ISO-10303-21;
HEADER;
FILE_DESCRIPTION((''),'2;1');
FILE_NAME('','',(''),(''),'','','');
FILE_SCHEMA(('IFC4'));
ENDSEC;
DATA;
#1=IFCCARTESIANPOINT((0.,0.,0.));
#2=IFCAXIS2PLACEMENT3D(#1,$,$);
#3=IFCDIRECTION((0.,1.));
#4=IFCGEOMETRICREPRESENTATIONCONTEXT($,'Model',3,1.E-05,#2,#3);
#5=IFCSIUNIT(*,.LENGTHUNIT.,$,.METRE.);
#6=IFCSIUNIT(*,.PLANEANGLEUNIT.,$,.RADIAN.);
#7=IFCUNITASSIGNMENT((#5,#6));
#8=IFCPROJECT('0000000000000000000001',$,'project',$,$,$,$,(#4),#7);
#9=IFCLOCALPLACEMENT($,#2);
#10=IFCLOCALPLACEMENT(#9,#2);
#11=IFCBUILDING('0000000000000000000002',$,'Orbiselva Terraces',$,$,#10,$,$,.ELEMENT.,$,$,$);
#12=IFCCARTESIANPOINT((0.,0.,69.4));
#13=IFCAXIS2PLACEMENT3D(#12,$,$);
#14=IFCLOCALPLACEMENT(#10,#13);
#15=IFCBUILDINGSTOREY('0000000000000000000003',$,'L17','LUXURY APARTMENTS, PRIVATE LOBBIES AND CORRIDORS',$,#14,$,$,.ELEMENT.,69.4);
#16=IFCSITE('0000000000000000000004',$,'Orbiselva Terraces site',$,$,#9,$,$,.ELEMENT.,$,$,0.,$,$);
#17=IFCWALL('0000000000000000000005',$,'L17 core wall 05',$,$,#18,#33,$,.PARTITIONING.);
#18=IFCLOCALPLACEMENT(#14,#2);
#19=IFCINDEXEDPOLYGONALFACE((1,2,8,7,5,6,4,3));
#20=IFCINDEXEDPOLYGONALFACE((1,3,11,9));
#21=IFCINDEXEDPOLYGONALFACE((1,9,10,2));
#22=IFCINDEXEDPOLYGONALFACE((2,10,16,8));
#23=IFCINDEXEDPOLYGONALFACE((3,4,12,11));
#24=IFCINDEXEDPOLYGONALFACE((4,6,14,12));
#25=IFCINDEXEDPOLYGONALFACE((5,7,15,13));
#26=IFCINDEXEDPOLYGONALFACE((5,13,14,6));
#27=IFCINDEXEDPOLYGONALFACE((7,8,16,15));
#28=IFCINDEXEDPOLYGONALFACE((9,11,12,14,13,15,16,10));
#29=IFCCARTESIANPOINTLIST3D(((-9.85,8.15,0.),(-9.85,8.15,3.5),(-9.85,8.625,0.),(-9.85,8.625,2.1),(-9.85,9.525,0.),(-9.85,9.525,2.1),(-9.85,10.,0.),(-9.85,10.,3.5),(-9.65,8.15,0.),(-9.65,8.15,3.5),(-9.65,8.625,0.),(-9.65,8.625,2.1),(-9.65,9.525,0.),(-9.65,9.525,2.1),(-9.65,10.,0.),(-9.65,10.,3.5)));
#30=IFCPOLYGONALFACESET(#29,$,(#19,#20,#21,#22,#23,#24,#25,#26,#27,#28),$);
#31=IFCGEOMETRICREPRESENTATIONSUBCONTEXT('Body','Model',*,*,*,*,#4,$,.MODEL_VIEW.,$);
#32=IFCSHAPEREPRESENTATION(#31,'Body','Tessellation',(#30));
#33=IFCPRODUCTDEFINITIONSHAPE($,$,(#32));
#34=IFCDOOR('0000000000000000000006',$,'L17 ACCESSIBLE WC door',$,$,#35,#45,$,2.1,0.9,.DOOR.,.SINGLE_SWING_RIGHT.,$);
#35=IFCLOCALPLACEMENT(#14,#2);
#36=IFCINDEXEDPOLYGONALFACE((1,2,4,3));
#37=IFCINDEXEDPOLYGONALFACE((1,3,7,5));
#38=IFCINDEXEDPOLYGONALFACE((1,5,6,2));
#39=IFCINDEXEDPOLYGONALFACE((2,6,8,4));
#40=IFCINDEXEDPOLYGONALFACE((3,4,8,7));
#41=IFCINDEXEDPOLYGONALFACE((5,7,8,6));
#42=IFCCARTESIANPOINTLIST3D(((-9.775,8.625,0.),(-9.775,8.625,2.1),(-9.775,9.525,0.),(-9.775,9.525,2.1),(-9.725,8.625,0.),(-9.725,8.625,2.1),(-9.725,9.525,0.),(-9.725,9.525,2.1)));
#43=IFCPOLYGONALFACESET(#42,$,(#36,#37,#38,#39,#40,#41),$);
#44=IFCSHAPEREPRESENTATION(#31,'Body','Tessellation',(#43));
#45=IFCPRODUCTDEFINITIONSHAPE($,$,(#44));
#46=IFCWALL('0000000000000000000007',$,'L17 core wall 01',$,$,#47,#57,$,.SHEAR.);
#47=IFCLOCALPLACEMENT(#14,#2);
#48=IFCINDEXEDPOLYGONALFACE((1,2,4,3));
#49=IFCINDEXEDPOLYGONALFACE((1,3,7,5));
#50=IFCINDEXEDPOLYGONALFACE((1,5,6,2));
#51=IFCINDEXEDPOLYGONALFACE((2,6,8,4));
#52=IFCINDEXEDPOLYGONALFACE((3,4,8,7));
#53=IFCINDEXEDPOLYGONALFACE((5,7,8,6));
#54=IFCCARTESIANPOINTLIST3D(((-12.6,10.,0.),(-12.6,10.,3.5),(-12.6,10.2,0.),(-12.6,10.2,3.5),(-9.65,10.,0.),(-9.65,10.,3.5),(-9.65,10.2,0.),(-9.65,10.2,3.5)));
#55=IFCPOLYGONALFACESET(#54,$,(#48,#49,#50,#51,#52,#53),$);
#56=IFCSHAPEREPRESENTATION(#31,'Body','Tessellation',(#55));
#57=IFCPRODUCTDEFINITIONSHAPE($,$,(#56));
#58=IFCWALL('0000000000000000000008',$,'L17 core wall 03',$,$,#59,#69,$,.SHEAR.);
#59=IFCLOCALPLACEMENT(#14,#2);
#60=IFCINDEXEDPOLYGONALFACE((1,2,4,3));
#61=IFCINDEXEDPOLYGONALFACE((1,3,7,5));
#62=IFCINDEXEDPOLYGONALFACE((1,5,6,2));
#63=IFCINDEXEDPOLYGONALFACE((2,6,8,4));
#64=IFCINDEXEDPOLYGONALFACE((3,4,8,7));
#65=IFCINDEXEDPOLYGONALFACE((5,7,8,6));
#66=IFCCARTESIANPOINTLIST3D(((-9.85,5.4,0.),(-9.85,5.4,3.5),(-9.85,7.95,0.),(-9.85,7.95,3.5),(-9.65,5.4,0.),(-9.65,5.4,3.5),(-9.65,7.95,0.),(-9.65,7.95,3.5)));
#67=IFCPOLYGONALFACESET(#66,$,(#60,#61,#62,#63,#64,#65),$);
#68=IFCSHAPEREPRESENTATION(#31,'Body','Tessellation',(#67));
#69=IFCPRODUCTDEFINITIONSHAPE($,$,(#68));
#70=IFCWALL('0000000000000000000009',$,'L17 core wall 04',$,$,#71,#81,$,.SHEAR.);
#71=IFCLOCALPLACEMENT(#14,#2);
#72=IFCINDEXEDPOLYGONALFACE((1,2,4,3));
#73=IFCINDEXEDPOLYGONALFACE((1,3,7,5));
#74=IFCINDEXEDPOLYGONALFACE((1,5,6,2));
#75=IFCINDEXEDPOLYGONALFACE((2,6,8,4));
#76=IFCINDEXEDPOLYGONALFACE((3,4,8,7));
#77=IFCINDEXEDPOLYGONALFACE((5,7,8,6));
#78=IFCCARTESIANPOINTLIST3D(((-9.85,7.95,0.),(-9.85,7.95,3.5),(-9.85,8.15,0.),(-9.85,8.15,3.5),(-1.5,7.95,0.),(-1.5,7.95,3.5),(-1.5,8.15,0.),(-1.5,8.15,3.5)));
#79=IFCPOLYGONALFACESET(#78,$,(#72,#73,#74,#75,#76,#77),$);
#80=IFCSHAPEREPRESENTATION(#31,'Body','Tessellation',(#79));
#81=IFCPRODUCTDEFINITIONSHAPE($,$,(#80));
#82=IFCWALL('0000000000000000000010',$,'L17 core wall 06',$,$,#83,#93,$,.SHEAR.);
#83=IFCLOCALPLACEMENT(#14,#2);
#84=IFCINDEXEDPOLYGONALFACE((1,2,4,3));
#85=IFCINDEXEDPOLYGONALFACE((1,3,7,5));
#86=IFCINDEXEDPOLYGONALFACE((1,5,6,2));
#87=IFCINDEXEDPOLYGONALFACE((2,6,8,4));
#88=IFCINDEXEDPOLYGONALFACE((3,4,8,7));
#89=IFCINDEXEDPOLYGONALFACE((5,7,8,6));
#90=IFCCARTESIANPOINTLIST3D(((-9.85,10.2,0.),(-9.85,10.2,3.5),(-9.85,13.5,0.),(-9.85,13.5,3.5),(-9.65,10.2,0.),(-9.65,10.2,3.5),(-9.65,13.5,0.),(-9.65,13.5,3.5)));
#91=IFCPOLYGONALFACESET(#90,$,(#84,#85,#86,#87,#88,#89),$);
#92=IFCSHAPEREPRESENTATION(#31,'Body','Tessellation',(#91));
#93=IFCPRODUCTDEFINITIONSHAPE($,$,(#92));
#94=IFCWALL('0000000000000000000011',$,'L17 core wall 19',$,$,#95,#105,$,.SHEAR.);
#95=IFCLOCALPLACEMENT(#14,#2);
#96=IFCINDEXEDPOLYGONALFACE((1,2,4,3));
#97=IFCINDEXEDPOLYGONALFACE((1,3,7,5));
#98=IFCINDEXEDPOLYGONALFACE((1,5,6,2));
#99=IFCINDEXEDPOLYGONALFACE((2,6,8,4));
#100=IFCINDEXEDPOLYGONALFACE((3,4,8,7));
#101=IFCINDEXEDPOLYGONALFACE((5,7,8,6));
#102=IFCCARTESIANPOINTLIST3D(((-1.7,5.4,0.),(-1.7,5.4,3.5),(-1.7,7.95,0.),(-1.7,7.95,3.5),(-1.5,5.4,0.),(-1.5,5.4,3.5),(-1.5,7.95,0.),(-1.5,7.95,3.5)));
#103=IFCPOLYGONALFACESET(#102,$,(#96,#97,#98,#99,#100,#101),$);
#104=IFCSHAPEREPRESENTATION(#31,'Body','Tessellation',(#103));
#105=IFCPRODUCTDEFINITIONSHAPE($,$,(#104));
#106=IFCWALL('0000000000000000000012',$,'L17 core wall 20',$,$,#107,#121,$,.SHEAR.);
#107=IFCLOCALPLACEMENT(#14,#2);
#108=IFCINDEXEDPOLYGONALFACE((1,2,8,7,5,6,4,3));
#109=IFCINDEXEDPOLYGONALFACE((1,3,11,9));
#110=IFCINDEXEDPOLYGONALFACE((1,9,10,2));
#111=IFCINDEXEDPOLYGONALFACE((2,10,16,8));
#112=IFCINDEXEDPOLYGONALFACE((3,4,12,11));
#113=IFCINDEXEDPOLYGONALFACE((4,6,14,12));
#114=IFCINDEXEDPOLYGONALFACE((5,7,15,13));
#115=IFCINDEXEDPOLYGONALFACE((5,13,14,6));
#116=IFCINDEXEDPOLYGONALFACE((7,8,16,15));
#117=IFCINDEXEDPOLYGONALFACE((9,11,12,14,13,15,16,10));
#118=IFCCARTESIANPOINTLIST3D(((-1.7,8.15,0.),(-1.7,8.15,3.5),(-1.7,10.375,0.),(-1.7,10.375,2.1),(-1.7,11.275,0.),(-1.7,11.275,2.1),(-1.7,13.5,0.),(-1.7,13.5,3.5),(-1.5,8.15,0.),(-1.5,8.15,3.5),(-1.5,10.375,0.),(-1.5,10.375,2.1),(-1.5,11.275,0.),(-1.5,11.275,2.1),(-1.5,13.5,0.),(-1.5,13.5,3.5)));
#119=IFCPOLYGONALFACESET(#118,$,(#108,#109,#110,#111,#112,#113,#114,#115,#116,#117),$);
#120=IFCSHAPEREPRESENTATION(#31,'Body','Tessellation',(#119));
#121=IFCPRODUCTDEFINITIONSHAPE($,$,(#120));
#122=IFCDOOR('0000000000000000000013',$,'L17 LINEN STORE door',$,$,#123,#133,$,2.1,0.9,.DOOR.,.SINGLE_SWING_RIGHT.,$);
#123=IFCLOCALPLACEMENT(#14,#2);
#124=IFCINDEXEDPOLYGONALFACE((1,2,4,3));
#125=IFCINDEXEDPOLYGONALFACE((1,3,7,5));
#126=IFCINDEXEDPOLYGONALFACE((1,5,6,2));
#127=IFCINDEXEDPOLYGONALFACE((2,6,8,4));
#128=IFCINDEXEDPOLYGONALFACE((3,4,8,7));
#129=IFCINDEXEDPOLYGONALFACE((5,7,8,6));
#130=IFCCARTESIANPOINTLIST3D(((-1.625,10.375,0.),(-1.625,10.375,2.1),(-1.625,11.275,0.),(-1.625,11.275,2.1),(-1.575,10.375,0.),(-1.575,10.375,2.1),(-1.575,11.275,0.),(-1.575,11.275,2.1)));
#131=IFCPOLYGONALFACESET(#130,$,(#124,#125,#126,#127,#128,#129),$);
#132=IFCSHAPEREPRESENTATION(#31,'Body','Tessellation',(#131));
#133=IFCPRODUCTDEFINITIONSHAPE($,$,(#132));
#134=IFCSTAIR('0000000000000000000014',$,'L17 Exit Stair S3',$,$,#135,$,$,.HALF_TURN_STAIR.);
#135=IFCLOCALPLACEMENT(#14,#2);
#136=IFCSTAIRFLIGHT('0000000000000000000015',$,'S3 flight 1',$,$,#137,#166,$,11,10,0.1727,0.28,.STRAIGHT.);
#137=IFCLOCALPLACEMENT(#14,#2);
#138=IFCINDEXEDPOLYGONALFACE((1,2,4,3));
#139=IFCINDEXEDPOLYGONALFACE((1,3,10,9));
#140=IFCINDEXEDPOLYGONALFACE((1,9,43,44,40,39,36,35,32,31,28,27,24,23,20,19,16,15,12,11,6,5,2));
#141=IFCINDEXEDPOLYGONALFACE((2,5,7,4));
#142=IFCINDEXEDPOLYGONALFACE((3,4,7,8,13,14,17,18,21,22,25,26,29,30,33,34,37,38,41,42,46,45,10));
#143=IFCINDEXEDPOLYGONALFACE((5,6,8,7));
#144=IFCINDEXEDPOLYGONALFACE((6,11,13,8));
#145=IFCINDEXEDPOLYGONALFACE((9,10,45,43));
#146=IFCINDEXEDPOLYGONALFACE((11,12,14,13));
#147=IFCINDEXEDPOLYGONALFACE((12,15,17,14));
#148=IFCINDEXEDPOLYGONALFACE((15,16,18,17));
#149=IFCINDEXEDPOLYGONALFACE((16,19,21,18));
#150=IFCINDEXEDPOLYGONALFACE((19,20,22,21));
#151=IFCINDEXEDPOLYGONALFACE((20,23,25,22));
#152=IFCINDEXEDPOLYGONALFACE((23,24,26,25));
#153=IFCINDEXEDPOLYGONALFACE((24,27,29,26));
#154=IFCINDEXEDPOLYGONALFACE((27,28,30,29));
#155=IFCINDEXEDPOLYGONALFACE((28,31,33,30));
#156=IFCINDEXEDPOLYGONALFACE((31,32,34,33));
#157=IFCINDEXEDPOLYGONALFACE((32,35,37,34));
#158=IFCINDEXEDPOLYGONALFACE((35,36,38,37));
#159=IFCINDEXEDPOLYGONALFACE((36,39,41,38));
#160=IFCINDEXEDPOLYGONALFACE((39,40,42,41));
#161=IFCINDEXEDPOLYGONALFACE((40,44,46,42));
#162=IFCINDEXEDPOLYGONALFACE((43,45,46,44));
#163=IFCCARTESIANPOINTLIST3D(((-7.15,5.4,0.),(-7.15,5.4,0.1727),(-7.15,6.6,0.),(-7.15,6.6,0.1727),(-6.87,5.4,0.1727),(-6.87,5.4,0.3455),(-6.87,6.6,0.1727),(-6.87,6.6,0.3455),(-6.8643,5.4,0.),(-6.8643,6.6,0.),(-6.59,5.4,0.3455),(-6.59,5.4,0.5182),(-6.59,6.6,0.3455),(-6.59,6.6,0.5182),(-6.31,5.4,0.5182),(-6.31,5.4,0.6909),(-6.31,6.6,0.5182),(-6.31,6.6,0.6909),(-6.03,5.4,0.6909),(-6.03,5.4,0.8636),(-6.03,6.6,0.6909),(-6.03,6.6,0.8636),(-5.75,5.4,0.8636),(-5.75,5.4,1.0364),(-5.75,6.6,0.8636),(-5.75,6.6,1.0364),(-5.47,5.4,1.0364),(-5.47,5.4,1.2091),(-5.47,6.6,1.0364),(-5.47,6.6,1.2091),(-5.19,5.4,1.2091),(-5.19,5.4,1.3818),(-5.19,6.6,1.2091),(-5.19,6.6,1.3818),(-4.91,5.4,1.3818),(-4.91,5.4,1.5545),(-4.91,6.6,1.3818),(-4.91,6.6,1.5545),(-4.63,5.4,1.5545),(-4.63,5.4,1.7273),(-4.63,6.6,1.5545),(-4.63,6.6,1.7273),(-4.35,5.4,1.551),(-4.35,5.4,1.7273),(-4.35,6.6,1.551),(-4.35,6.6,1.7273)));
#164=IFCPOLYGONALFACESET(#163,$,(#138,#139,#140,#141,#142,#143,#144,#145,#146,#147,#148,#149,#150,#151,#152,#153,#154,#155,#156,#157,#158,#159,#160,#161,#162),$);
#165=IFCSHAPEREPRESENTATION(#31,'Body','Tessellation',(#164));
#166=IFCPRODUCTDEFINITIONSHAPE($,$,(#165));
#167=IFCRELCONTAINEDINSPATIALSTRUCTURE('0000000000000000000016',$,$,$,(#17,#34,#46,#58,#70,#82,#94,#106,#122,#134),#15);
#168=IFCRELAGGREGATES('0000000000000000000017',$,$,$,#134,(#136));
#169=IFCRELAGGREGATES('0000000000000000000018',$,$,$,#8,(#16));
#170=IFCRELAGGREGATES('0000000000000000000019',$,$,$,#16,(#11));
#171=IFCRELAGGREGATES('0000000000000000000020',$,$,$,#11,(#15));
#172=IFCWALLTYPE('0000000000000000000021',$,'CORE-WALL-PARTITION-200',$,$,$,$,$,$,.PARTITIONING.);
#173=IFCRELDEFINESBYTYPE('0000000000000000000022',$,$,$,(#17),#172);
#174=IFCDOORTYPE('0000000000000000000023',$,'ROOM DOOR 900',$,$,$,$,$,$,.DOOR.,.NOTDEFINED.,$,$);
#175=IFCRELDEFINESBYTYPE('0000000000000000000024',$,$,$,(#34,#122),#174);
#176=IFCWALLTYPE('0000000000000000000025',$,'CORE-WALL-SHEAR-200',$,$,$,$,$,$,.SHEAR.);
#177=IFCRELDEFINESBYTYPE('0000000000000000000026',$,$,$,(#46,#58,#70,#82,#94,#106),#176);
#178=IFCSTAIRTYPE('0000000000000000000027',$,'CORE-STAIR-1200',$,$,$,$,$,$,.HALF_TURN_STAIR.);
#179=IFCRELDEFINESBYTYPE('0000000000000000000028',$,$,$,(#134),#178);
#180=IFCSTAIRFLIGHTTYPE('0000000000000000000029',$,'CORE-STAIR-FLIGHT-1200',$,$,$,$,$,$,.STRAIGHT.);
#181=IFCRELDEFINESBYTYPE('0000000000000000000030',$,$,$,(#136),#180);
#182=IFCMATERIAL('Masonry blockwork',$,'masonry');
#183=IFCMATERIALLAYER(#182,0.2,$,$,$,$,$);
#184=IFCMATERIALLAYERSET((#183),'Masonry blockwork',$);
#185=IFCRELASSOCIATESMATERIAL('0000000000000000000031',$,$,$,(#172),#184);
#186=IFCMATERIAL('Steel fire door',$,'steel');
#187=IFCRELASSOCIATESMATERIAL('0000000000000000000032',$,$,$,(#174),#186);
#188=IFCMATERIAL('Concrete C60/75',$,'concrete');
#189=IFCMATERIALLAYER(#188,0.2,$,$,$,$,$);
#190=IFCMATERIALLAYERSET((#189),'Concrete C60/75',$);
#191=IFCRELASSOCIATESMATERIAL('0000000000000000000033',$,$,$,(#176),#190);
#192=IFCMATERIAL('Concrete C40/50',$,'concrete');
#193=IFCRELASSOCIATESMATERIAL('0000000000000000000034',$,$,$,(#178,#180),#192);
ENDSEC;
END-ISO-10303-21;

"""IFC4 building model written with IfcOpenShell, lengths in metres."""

from ifc_helpers import new_model, si_unit, direction, frame, frame_2d, origin, place, context, subcontext, project, spatial, polyline, rectangle, outline, extrude, material, layer, layer_set, type_object, element, fill, aggregate, save


model = new_model("IFC4")

# Units and contexts
model_context = context("Model", 3, precision=1e-05, world=origin(), true_north=direction((0.0, 1.0)))
body_context = subcontext(model_context, "Body", "Model", "MODEL_VIEW")
ifc_project = project(units=[si_unit("LENGTHUNIT", "METRE"), si_unit("PLANEANGLEUNIT", "RADIAN")], contexts=[model_context])

# Site, building, storey
site_placement = place(None, origin())
site = spatial("IfcSite", under=ifc_project, at=site_placement, Name="Orbiselva Terraces site", CompositionType="ELEMENT", RefElevation=0.0)
building_placement = place(site_placement, origin())
building = spatial("IfcBuilding", under=site, at=building_placement, Name="Orbiselva Terraces", CompositionType="ELEMENT")
storey_placement = place(building_placement, frame((0.0, 0.0, 69.4)))
storey = spatial("IfcBuildingStorey", under=building, at=storey_placement, Name="L17", Description="LUXURY APARTMENTS, PRIVATE LOBBIES AND CORRIDORS", CompositionType="ELEMENT", Elevation=69.4)

# Wall, opening, door
ifc_material_1 = material(Name="Masonry blockwork", Category="masonry")
ifc_layer_1 = layer(ifc_material_1, 0.2)
ifc_layer_set_1 = layer_set([ifc_layer_1], Name="Masonry blockwork")
wall_type_1 = type_object("IfcWallType", Name="CORE-WALL-PARTITION-200", PredefinedType="PARTITIONING", material=ifc_layer_set_1)
wall_1_placement = place(storey_placement, frame((-9.75, 8.15, 0.0), z_axis=(0.0, 0.0, 1.0), x_axis=(0.0, 1.0, 0.0)))
wall_1 = element("IfcWall", 1, at=wall_1_placement, inside=storey, type_object=wall_type_1, Name="L17 core wall 05", PredefinedType="PARTITIONING", context=body_context, shape_type="SweptSolid", body=[
    extrude(rectangle(XDim=1.85, YDim=0.2, at=frame_2d((0.925, 0.0))), origin(), (0.0, 0.0, 1.0), 3.5),
])
opening_1_placement = place(wall_1_placement, frame((0.475, 0.0, 0.0)))
opening_1 = element("IfcOpeningElement", 2, at=opening_1_placement, cuts=wall_1, PredefinedType="OPENING", context=body_context, shape_type="SweptSolid", body=[
    extrude(rectangle(XDim=0.9, YDim=2.1, at=frame_2d((0.45, 1.05))), frame((0.0, 0.11, 0.0), z_axis=(0.0, -1.0, 0.0), x_axis=(1.0, 0.0, 0.0)), (0.0, 0.0, 1.0), 0.22),
])
ifc_material_2 = material(Name="Steel fire door", Category="steel")
door_type = type_object("IfcDoorType", Name="ROOM DOOR 900", OperationType="NOTDEFINED", PredefinedType="DOOR", material=ifc_material_2)
door_1_placement = place(opening_1_placement, origin())
door_1 = element("IfcDoor", 3, at=door_1_placement, inside=storey, type_object=door_type, Name="L17 ACCESSIBLE WC door", OperationType="SINGLE_SWING_RIGHT", OverallHeight=2.1, OverallWidth=0.9, PredefinedType="DOOR", context=body_context, shape_type="SweptSolid", body=[
    extrude(rectangle(XDim=0.9, YDim=2.1, at=frame_2d((0.45, 1.05))), frame((0.0, 0.025, 0.0), z_axis=(0.0, -1.0, 0.0), x_axis=(1.0, 0.0, 0.0)), (0.0, 0.0, 1.0), 0.05),
])
fill(opening_1, door_1)

# Walls
ifc_material_3 = material(Name="Concrete C60/75", Category="concrete")
ifc_layer_2 = layer(ifc_material_3, 0.2)
ifc_layer_set_2 = layer_set([ifc_layer_2], Name="Concrete C60/75")
wall_type_2 = type_object("IfcWallType", Name="CORE-WALL-SHEAR-200", PredefinedType="SHEAR", material=ifc_layer_set_2)
wall_2_placement = place(storey_placement, frame((-12.6, 10.1, 0.0), z_axis=(0.0, 0.0, 1.0), x_axis=(1.0, 0.0, 0.0)))
element("IfcWall", 4, at=wall_2_placement, inside=storey, type_object=wall_type_2, Name="L17 core wall 01", PredefinedType="SHEAR", context=body_context, shape_type="SweptSolid", body=[
    extrude(rectangle(XDim=2.95, YDim=0.2, at=frame_2d((1.475, 0.0))), origin(), (0.0, 0.0, 1.0), 3.5),
])
wall_3_placement = place(storey_placement, frame((-9.75, 5.4, 0.0), z_axis=(0.0, 0.0, 1.0), x_axis=(0.0, 1.0, 0.0)))
element("IfcWall", 5, at=wall_3_placement, inside=storey, type_object=wall_type_2, Name="L17 core wall 03", PredefinedType="SHEAR", context=body_context, shape_type="SweptSolid", body=[
    extrude(rectangle(XDim=2.55, YDim=0.2, at=frame_2d((1.275, 0.0))), origin(), (0.0, 0.0, 1.0), 3.5),
])
wall_4_placement = place(storey_placement, frame((-9.85, 8.05, 0.0), z_axis=(0.0, 0.0, 1.0), x_axis=(1.0, 0.0, 0.0)))
element("IfcWall", 6, at=wall_4_placement, inside=storey, type_object=wall_type_2, Name="L17 core wall 04", PredefinedType="SHEAR", context=body_context, shape_type="SweptSolid", body=[
    extrude(rectangle(XDim=8.35, YDim=0.2, at=frame_2d((4.175, 0.0))), origin(), (0.0, 0.0, 1.0), 3.5),
])
wall_5_placement = place(storey_placement, frame((-9.75, 10.2, 0.0), z_axis=(0.0, 0.0, 1.0), x_axis=(0.0, 1.0, 0.0)))
element("IfcWall", 7, at=wall_5_placement, inside=storey, type_object=wall_type_2, Name="L17 core wall 06", PredefinedType="SHEAR", context=body_context, shape_type="SweptSolid", body=[
    extrude(rectangle(XDim=3.3, YDim=0.2, at=frame_2d((1.65, 0.0))), origin(), (0.0, 0.0, 1.0), 3.5),
])
wall_6_placement = place(storey_placement, frame((-1.6, 5.4, 0.0), z_axis=(0.0, 0.0, 1.0), x_axis=(0.0, 1.0, 0.0)))
element("IfcWall", 8, at=wall_6_placement, inside=storey, type_object=wall_type_2, Name="L17 core wall 19", PredefinedType="SHEAR", context=body_context, shape_type="SweptSolid", body=[
    extrude(rectangle(XDim=2.55, YDim=0.2, at=frame_2d((1.275, 0.0))), origin(), (0.0, 0.0, 1.0), 3.5),
])

# Wall, opening, door
wall_7_placement = place(storey_placement, frame((-1.6, 8.15, 0.0), z_axis=(0.0, 0.0, 1.0), x_axis=(0.0, 1.0, 0.0)))
wall_7 = element("IfcWall", 9, at=wall_7_placement, inside=storey, type_object=wall_type_2, Name="L17 core wall 20", PredefinedType="SHEAR", context=body_context, shape_type="SweptSolid", body=[
    extrude(rectangle(XDim=5.35, YDim=0.2, at=frame_2d((2.675, 0.0))), origin(), (0.0, 0.0, 1.0), 3.5),
])
opening_2_placement = place(wall_7_placement, frame((2.225, 0.0, 0.0)))
opening_2 = element("IfcOpeningElement", 10, at=opening_2_placement, cuts=wall_7, PredefinedType="OPENING", context=body_context, shape_type="SweptSolid", body=[
    extrude(rectangle(XDim=0.9, YDim=2.1, at=frame_2d((0.45, 1.05))), frame((0.0, 0.11, 0.0), z_axis=(0.0, -1.0, 0.0), x_axis=(1.0, 0.0, 0.0)), (0.0, 0.0, 1.0), 0.22),
])
door_2_placement = place(opening_2_placement, origin())
door_2 = element("IfcDoor", 11, at=door_2_placement, inside=storey, type_object=door_type, Name="L17 LINEN STORE door", OperationType="SINGLE_SWING_RIGHT", OverallHeight=2.1, OverallWidth=0.9, PredefinedType="DOOR", context=body_context, shape_type="SweptSolid", body=[
    extrude(rectangle(XDim=0.9, YDim=2.1, at=frame_2d((0.45, 1.05))), frame((0.0, 0.025, 0.0), z_axis=(0.0, -1.0, 0.0), x_axis=(1.0, 0.0, 0.0)), (0.0, 0.0, 1.0), 0.05),
])
fill(opening_2, door_2)

# Stair, stair flight
ifc_material_4 = material(Name="Concrete C40/50", Category="concrete")
stair_type_1 = type_object("IfcStairType", Name="CORE-STAIR-1200", PredefinedType="HALF_TURN_STAIR", material=ifc_material_4)
stair_1_placement = place(storey_placement, origin())
stair_1 = element("IfcStair", 12, at=stair_1_placement, inside=storey, type_object=stair_type_1, Name="L17 Exit Stair S3", PredefinedType="HALF_TURN_STAIR")
stair_flight_type_1 = type_object("IfcStairFlightType", Name="CORE-STAIR-FLIGHT-1200", PredefinedType="STRAIGHT", material=ifc_material_4)
stair_flight_1_placement = place(storey_placement, frame((-7.15, 6.0, 0.0), z_axis=(0.0, 0.0, 1.0), x_axis=(1.0, 0.0, 0.0)))
stair_flight_1 = element("IfcStairFlight", 13, at=stair_flight_1_placement, type_object=stair_flight_type_1, Name="S3 flight 1", NumberOfRisers=11, NumberOfTreads=10, PredefinedType="STRAIGHT", RiserHeight=0.1727, TreadLength=0.28, context=body_context, shape_type="SweptSolid", body=[
    extrude(outline(polyline([(0.0, 0.0), (0.0, 0.1727), (0.28, 0.1727), (0.28, 0.3455), (0.56, 0.3455), (0.56, 0.5182), (0.84, 0.5182), (0.84, 0.6909), (1.12, 0.6909), (1.12, 0.8636), (1.4, 0.8636), (1.4, 1.0364), (1.68, 1.0364), (1.68, 1.2091), (1.96, 1.2091), (1.96, 1.3818), (2.24, 1.3818), (2.24, 1.5545), (2.52, 1.5545), (2.52, 1.7273), (2.8, 1.7273), (2.8, 1.9), (2.8, 1.551), (0.2857, 0.0), (0.0, 0.0)])), frame((0.0, 0.6, 0.0), z_axis=(0.0, -1.0, 0.0), x_axis=(1.0, 0.0, 0.0)), (0.0, 0.0, 1.0), 1.2),
])
aggregate(stair_1, [stair_flight_1])

save(model, "model.ifc")
